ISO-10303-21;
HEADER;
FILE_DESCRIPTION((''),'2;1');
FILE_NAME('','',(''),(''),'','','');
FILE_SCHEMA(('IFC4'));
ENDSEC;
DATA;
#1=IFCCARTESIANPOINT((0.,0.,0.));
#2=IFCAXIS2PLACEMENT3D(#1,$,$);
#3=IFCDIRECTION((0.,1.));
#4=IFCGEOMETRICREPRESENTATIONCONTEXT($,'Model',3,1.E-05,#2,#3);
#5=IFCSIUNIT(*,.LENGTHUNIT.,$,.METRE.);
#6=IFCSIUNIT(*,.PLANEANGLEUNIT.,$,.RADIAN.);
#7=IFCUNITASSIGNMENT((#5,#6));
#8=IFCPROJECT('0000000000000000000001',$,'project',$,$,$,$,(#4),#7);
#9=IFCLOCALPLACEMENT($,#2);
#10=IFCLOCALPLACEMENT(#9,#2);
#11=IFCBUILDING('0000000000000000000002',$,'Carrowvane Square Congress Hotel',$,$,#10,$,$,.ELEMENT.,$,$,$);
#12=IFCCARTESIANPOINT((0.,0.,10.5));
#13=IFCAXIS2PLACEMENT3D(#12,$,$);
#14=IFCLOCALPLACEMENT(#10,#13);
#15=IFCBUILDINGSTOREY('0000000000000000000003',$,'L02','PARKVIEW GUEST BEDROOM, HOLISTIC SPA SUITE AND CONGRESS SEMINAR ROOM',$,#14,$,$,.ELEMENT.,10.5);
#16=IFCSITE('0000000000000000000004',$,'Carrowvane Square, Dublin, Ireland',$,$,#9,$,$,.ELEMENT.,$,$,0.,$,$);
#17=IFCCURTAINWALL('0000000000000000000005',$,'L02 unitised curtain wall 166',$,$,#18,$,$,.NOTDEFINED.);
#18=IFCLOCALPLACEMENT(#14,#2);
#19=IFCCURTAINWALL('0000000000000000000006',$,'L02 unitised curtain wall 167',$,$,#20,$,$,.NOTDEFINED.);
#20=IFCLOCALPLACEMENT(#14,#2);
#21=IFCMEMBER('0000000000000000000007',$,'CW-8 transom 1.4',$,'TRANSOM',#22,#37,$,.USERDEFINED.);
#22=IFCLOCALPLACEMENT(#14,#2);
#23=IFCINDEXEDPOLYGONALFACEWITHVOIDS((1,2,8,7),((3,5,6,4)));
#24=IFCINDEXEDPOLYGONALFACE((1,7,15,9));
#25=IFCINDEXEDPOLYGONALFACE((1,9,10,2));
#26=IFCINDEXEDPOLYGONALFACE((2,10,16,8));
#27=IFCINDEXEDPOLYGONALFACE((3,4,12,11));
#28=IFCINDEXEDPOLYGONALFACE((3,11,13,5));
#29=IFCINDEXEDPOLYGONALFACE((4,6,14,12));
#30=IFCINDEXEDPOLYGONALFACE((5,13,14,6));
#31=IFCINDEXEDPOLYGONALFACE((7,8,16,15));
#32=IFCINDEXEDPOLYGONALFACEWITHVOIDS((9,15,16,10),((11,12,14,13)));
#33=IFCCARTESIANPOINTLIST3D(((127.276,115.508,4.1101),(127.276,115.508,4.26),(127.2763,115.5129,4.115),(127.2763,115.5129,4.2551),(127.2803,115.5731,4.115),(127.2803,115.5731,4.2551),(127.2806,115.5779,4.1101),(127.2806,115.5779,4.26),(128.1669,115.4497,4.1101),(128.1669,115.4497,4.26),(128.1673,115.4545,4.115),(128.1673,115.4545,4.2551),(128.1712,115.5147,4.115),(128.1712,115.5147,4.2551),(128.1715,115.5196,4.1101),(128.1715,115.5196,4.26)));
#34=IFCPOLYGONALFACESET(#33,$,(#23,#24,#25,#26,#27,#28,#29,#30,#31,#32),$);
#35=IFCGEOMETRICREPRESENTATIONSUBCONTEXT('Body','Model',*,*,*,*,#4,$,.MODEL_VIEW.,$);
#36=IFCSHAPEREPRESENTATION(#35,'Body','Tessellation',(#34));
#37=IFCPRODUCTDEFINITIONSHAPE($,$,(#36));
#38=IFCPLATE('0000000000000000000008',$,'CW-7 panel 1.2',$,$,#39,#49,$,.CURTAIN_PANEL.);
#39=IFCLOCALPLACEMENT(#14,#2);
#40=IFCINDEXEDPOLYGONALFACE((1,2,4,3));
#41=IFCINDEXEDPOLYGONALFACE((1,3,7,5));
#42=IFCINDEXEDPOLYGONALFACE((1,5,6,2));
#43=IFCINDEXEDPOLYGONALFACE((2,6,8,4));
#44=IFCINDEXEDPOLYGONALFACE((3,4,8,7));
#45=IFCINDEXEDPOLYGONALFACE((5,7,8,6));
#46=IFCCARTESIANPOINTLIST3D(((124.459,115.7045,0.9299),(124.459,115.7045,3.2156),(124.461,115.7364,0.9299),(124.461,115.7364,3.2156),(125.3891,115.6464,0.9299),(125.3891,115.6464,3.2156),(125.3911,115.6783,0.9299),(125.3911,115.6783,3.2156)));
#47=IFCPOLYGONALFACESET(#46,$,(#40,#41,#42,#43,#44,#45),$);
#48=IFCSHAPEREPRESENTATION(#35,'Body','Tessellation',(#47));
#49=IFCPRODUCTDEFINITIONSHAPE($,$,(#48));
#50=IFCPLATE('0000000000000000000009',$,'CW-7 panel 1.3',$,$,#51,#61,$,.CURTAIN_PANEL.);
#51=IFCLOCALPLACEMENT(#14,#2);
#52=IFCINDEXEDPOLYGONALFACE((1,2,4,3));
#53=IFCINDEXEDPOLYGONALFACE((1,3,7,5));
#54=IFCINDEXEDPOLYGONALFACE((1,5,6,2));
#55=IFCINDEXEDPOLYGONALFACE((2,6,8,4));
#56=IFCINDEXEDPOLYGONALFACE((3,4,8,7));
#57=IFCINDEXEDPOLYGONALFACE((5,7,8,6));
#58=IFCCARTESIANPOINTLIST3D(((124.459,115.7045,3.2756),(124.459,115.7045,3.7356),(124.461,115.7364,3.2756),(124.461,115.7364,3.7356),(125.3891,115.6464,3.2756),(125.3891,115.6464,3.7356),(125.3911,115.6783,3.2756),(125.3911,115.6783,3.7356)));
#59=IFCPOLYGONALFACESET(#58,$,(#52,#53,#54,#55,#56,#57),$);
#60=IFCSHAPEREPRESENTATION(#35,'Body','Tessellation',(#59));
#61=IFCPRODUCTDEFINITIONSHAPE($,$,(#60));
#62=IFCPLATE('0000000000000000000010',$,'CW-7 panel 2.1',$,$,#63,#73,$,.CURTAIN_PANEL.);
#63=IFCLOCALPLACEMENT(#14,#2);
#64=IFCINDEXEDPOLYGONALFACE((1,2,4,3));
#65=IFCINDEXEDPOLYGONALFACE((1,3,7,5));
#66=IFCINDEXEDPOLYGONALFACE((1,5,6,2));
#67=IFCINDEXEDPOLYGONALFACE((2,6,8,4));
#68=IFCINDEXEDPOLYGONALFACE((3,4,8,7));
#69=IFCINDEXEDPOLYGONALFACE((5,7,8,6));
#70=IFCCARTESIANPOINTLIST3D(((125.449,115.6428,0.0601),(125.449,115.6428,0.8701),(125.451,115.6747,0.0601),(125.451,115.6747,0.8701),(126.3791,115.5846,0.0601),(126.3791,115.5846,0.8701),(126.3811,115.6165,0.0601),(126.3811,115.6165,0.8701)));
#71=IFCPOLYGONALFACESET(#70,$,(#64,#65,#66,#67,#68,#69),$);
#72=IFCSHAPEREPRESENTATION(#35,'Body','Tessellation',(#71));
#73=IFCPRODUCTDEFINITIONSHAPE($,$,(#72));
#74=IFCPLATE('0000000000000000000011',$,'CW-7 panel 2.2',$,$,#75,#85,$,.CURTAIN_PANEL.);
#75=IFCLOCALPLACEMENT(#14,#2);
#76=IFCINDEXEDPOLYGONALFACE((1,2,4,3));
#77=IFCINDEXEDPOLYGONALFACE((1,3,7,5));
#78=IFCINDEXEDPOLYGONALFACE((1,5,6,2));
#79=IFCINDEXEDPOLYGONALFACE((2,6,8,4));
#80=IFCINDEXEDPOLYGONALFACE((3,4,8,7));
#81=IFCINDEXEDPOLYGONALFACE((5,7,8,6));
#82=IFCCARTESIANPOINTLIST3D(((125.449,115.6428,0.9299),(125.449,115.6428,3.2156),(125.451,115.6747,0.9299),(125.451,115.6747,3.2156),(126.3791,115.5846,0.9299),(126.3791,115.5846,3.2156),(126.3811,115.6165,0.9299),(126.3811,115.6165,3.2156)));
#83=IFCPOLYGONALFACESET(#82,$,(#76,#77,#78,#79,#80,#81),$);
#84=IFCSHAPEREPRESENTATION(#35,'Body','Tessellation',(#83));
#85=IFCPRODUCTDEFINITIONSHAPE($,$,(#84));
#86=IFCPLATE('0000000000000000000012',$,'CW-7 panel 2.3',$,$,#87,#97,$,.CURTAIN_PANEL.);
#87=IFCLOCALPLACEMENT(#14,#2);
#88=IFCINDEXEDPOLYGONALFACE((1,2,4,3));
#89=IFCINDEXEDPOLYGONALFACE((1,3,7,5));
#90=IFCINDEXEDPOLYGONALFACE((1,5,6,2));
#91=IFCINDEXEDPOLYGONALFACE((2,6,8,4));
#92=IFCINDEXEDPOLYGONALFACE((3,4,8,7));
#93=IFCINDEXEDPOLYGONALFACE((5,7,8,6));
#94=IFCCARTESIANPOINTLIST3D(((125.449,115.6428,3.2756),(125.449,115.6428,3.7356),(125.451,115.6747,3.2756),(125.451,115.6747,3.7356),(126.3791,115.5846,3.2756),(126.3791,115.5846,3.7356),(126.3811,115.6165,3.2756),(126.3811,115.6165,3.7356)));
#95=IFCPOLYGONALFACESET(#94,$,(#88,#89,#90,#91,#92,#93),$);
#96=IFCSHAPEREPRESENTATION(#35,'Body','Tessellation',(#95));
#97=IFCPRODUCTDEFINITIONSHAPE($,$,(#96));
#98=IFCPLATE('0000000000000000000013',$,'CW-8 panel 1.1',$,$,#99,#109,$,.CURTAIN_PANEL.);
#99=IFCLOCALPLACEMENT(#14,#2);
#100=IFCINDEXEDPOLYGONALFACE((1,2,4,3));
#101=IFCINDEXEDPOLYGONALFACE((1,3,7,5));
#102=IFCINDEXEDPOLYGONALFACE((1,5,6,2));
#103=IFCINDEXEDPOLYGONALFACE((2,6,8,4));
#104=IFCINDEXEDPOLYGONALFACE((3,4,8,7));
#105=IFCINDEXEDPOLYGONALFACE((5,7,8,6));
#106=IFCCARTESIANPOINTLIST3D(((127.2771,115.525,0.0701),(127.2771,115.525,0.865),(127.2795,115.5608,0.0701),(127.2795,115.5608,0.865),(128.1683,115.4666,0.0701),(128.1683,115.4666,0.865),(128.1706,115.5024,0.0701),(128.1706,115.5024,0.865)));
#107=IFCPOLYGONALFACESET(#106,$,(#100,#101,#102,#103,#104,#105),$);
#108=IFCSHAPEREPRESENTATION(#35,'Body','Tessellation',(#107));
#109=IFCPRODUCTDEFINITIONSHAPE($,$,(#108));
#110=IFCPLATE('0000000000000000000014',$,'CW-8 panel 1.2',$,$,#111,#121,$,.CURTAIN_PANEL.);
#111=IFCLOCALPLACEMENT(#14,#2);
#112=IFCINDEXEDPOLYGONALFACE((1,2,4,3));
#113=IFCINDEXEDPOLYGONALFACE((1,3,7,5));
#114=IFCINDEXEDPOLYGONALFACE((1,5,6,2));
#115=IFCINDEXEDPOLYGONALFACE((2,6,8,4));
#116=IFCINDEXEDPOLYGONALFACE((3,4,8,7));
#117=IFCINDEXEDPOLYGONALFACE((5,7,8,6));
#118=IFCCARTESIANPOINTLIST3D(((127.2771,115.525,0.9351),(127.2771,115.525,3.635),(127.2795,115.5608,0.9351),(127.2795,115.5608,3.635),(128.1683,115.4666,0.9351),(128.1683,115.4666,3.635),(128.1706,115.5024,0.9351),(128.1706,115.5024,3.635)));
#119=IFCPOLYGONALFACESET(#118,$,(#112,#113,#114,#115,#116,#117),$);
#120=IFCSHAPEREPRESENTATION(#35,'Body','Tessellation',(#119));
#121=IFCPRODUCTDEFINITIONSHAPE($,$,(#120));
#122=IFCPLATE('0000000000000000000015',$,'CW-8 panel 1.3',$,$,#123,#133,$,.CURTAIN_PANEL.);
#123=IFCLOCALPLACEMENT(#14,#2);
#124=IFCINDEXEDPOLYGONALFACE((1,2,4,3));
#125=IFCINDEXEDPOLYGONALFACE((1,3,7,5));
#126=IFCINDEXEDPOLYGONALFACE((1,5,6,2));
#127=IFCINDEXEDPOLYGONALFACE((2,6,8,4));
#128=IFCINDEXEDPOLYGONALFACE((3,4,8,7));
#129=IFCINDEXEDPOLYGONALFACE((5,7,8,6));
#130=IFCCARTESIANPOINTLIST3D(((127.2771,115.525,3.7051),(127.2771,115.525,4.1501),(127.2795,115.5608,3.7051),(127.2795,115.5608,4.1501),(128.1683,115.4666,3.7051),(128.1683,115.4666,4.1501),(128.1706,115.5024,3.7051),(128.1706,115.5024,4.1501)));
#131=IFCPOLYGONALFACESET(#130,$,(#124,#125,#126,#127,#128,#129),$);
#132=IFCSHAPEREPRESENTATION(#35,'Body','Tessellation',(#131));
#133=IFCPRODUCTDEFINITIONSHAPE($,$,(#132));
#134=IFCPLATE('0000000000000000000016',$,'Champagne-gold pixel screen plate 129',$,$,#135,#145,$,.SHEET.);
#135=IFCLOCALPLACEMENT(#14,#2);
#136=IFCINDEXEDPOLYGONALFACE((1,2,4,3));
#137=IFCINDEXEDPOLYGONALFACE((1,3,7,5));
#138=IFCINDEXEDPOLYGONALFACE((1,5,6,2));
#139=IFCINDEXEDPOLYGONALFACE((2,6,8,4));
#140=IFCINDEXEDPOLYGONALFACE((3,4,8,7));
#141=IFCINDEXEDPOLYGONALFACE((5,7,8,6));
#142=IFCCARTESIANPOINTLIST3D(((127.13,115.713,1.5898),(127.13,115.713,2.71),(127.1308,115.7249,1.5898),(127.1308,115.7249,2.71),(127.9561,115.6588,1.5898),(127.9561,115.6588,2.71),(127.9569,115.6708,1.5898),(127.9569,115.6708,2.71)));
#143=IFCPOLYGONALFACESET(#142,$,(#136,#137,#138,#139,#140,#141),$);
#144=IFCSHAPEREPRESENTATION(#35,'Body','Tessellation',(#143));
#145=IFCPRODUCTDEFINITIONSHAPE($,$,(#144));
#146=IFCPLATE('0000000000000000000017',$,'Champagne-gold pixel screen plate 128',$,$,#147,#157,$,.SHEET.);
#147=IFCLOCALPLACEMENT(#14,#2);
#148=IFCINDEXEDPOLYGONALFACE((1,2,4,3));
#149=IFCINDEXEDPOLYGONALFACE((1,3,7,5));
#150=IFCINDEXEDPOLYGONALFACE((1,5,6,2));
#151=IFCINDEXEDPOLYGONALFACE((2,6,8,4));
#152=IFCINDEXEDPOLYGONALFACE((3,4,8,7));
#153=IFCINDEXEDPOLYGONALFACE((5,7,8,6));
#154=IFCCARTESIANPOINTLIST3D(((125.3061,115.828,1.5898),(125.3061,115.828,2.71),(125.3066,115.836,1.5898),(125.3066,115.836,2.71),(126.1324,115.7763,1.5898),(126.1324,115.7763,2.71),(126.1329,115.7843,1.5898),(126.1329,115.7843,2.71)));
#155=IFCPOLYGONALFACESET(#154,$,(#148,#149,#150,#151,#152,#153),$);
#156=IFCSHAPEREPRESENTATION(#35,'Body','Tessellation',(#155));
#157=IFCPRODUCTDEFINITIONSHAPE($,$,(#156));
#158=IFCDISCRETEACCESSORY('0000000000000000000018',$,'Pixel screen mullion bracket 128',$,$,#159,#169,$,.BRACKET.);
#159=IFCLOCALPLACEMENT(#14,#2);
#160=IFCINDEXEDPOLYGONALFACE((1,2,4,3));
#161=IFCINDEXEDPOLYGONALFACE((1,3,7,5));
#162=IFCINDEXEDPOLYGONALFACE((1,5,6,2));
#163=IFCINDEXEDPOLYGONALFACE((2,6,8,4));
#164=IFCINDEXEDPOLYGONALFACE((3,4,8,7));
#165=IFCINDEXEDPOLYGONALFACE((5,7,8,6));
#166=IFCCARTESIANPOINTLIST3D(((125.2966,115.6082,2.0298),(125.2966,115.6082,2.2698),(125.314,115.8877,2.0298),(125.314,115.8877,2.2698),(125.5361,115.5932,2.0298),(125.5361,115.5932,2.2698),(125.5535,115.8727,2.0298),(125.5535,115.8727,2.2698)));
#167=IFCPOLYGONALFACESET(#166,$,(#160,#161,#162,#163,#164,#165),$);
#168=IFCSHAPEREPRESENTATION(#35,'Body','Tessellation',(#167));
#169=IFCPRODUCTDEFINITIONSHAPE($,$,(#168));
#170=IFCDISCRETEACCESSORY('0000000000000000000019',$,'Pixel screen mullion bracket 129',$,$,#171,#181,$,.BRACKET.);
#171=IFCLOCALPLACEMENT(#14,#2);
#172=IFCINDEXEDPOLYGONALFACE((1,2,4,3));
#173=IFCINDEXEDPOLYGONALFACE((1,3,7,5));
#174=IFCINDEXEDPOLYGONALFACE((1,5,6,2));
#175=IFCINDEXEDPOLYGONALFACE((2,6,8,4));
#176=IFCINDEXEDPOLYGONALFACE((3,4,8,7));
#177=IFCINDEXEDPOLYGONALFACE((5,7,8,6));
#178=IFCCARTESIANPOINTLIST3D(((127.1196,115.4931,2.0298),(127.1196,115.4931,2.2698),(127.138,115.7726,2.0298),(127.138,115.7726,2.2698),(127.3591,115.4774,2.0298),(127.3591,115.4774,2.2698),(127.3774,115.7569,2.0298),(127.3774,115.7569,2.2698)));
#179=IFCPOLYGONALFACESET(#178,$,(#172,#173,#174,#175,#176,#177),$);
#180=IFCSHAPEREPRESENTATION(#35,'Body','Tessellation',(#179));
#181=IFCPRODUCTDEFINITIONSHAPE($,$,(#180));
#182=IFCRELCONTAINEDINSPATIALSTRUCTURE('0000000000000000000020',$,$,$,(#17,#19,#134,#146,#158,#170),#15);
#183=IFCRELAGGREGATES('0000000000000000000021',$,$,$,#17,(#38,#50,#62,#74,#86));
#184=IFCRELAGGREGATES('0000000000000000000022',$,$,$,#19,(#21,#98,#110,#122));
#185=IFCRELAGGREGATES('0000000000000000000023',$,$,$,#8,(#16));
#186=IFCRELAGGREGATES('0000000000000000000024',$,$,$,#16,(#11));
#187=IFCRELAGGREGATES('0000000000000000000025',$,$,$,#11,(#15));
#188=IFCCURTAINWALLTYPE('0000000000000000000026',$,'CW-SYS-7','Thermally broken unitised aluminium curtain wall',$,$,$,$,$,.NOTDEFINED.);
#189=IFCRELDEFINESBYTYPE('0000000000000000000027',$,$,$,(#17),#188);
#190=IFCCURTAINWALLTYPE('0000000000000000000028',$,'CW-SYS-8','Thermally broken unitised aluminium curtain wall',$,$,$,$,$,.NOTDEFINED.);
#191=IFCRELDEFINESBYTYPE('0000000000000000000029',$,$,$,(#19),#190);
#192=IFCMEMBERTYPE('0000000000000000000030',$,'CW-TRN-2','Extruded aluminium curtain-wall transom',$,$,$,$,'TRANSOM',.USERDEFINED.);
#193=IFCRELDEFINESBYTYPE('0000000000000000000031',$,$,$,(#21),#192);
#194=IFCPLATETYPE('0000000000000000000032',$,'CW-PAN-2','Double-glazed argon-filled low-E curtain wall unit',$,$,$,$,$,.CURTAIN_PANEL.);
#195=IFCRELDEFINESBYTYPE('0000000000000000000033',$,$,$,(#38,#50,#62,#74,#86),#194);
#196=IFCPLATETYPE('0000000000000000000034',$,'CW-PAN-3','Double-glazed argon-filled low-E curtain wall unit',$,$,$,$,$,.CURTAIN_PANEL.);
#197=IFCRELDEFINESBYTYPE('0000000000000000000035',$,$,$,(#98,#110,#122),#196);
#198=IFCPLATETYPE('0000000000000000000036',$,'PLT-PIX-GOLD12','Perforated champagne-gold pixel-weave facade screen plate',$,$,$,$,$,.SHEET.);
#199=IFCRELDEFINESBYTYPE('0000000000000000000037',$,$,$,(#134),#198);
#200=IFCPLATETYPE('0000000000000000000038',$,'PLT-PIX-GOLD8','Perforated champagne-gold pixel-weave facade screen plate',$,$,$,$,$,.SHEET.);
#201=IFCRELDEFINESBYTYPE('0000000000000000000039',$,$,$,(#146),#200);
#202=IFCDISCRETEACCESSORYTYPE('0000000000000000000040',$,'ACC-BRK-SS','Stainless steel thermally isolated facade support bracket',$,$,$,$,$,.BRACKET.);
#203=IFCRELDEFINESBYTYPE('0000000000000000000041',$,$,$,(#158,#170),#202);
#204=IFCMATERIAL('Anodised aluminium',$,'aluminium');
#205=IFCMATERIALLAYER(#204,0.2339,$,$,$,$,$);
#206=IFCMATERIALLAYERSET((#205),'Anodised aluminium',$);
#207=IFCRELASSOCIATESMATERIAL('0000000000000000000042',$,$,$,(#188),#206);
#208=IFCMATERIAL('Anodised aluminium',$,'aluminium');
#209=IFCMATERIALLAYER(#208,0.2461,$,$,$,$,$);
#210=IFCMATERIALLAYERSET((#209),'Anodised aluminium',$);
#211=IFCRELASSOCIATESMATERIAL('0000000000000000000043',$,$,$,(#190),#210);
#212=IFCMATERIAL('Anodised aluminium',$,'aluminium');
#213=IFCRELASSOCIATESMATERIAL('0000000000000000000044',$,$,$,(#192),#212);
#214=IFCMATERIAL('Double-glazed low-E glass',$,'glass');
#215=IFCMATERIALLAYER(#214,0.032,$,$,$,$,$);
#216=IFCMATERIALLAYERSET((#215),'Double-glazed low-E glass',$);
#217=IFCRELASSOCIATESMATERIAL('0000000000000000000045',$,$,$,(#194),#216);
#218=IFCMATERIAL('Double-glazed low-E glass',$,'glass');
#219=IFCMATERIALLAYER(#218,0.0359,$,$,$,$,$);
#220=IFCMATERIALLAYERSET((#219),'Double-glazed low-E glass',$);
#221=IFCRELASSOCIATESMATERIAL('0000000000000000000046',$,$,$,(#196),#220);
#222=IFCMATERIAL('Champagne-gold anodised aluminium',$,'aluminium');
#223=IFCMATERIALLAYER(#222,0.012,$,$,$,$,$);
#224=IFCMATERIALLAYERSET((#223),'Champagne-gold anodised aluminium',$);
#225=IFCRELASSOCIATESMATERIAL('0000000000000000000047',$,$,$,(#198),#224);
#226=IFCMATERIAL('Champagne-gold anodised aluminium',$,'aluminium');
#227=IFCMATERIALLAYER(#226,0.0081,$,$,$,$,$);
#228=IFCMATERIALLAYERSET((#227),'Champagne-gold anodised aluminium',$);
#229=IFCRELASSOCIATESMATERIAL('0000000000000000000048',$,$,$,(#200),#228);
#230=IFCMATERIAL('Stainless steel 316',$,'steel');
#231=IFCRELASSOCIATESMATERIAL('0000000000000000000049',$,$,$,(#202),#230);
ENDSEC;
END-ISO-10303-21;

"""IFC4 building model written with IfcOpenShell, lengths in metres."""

from ifc_helpers import new_model, si_unit, direction, frame, origin, origin_2d, place, context, subcontext, project, spatial, rectangle, hollow_rectangle, extrude, material, layer, layer_set, material_profile, profile_set, type_object, element, aggregate, save


model = new_model("IFC4")

# Units and contexts
model_context = context("Model", 3, precision=1e-05, world=origin(), true_north=direction((0.0, 1.0)))
body_context = subcontext(model_context, "Body", "Model", "MODEL_VIEW")
ifc_project = project(units=[si_unit("LENGTHUNIT", "METRE"), si_unit("PLANEANGLEUNIT", "RADIAN")], contexts=[model_context])

# Site, building, storey
site_placement = place(None, origin())
site = spatial("IfcSite", under=ifc_project, at=site_placement, Name="Carrowvane Square, Dublin, Ireland", CompositionType="ELEMENT", RefElevation=0.0)
building_placement = place(site_placement, origin())
building = spatial("IfcBuilding", under=site, at=building_placement, Name="Carrowvane Square Congress Hotel", CompositionType="ELEMENT")
storey_placement = place(building_placement, frame((0.0, 0.0, 10.5)))
storey = spatial("IfcBuildingStorey", under=building, at=storey_placement, Name="L02", Description="PARKVIEW GUEST BEDROOM, HOLISTIC SPA SUITE AND CONGRESS SEMINAR ROOM", CompositionType="ELEMENT", Elevation=10.5)

# Curtain wall
ifc_material_1 = material(Name="Anodised aluminium", Category="aluminium")
ifc_layer_1 = layer(ifc_material_1, 0.2339)
ifc_layer_set_1 = layer_set([ifc_layer_1], Name="Anodised aluminium")
curtain_wall_type_1 = type_object("IfcCurtainWallType", Name="CW-SYS-7", Description="Thermally broken unitised aluminium curtain wall", PredefinedType="NOTDEFINED", material=ifc_layer_set_1)
curtain_wall_1_placement = place(storey_placement, origin())
curtain_wall_1 = element("IfcCurtainWall", 1, at=curtain_wall_1_placement, inside=storey, type_object=curtain_wall_type_1, Name="L02 unitised curtain wall 166", PredefinedType="NOTDEFINED")

# Curtain wall
ifc_material_2 = material(Name="Anodised aluminium", Category="aluminium")
ifc_layer_2 = layer(ifc_material_2, 0.2461)
ifc_layer_set_2 = layer_set([ifc_layer_2], Name="Anodised aluminium")
curtain_wall_type_2 = type_object("IfcCurtainWallType", Name="CW-SYS-8", Description="Thermally broken unitised aluminium curtain wall", PredefinedType="NOTDEFINED", material=ifc_layer_set_2)
curtain_wall_2_placement = place(storey_placement, origin())
curtain_wall_2 = element("IfcCurtainWall", 2, at=curtain_wall_2_placement, inside=storey, type_object=curtain_wall_type_2, Name="L02 unitised curtain wall 167", PredefinedType="NOTDEFINED")

# Member
ifc_material_3 = material(Name="Anodised aluminium", Category="aluminium")
ifc_material_profile_1 = material_profile(ifc_material_3, hollow_rectangle(XDim=0.0701, YDim=0.1499, WallThickness=0.0049, at=origin_2d()), Name="CW-TR 70x150x5")
ifc_profile_set_1 = profile_set([ifc_material_profile_1], Name="Anodised aluminium")
member_type_1 = type_object("IfcMemberType", Name="CW-TRN-2", Description="Extruded aluminium curtain-wall transom", ElementType="TRANSOM", PredefinedType="USERDEFINED", material=ifc_profile_set_1)
member_1_placement = place(storey_placement, frame((127.2783, 115.543, 4.1851), z_axis=(0.997862, -0.065357, 0.0), x_axis=(0.065357, 0.997862, 0.0)))
member_1 = element("IfcMember", 3, at=member_1_placement, type_object=member_type_1, Name="CW-8 transom 1.4", ObjectType="TRANSOM", PredefinedType="USERDEFINED", context=body_context, shape_type="SweptSolid", body=[
    extrude(hollow_rectangle(XDim=0.0701, YDim=0.1499, WallThickness=0.0049, at=origin_2d()), origin(), (0.0, 0.0, 1.0), 0.8928),
])

# Plates
ifc_material_4 = material(Name="Double-glazed low-E glass", Category="glass")
ifc_layer_3 = layer(ifc_material_4, 0.032)
ifc_layer_set_3 = layer_set([ifc_layer_3], Name="Double-glazed low-E glass")
plate_type_1 = type_object("IfcPlateType", Name="CW-PAN-2", Description="Double-glazed argon-filled low-E curtain wall unit", PredefinedType="CURTAIN_PANEL", material=ifc_layer_set_3)
plate_1_placement = place(storey_placement, frame((124.925, 115.6914, 0.9299), z_axis=(0.0, 0.0, 1.0), x_axis=(0.998051, -0.062397, 0.0)))
plate_1 = element("IfcPlate", 4, at=plate_1_placement, type_object=plate_type_1, Name="CW-7 panel 1.2", PredefinedType="CURTAIN_PANEL", context=body_context, shape_type="SweptSolid", body=[
    extrude(rectangle(XDim=0.9319, YDim=0.032, at=origin_2d()), origin(), (0.0, 0.0, 1.0), 2.2856),
])
plate_2_placement = place(storey_placement, frame((124.925, 115.6914, 3.2756), z_axis=(0.0, 0.0, 1.0), x_axis=(0.998051, -0.062397, 0.0)))
plate_2 = element("IfcPlate", 5, at=plate_2_placement, type_object=plate_type_1, Name="CW-7 panel 1.3", PredefinedType="CURTAIN_PANEL", context=body_context, shape_type="SweptSolid", body=[
    extrude(rectangle(XDim=0.9319, YDim=0.032, at=origin_2d()), origin(), (0.0, 0.0, 1.0), 0.46),
])
plate_3_placement = place(storey_placement, frame((125.915, 115.6296, 0.0601), z_axis=(0.0, 0.0, 1.0), x_axis=(0.998051, -0.062397, 0.0)))
plate_3 = element("IfcPlate", 6, at=plate_3_placement, type_object=plate_type_1, Name="CW-7 panel 2.1", PredefinedType="CURTAIN_PANEL", context=body_context, shape_type="SweptSolid", body=[
    extrude(rectangle(XDim=0.9319, YDim=0.032, at=origin_2d()), origin(), (0.0, 0.0, 1.0), 0.8101),
])
plate_4_placement = place(storey_placement, frame((125.915, 115.6296, 0.9299), z_axis=(0.0, 0.0, 1.0), x_axis=(0.998051, -0.062397, 0.0)))
plate_4 = element("IfcPlate", 7, at=plate_4_placement, type_object=plate_type_1, Name="CW-7 panel 2.2", PredefinedType="CURTAIN_PANEL", context=body_context, shape_type="SweptSolid", body=[
    extrude(rectangle(XDim=0.9319, YDim=0.032, at=origin_2d()), origin(), (0.0, 0.0, 1.0), 2.2856),
])
plate_5_placement = place(storey_placement, frame((125.915, 115.6296, 3.2756), z_axis=(0.0, 0.0, 1.0), x_axis=(0.998051, -0.062397, 0.0)))
plate_5 = element("IfcPlate", 8, at=plate_5_placement, type_object=plate_type_1, Name="CW-7 panel 2.3", PredefinedType="CURTAIN_PANEL", context=body_context, shape_type="SweptSolid", body=[
    extrude(rectangle(XDim=0.9319, YDim=0.032, at=origin_2d()), origin(), (0.0, 0.0, 1.0), 0.46),
])
aggregate(curtain_wall_1, [plate_1, plate_2, plate_3, plate_4, plate_5])
ifc_material_5 = material(Name="Double-glazed low-E glass", Category="glass")
ifc_layer_4 = layer(ifc_material_5, 0.0359)
ifc_layer_set_4 = layer_set([ifc_layer_4], Name="Double-glazed low-E glass")
plate_type_2 = type_object("IfcPlateType", Name="CW-PAN-3", Description="Double-glazed argon-filled low-E curtain wall unit", PredefinedType="CURTAIN_PANEL", material=ifc_layer_set_4)
plate_6_placement = place(storey_placement, frame((127.7239, 115.5137, 0.0701), z_axis=(0.0, 0.0, 1.0), x_axis=(0.997858, -0.065414, 0.0)))
plate_6 = element("IfcPlate", 9, at=plate_6_placement, type_object=plate_type_2, Name="CW-8 panel 1.1", PredefinedType="CURTAIN_PANEL", context=body_context, shape_type="SweptSolid", body=[
    extrude(rectangle(XDim=0.8931, YDim=0.0359, at=origin_2d()), origin(), (0.0, 0.0, 1.0), 0.7949),
])
plate_7_placement = place(storey_placement, frame((127.7239, 115.5137, 0.9351), z_axis=(0.0, 0.0, 1.0), x_axis=(0.997858, -0.065414, 0.0)))
plate_7 = element("IfcPlate", 10, at=plate_7_placement, type_object=plate_type_2, Name="CW-8 panel 1.2", PredefinedType="CURTAIN_PANEL", context=body_context, shape_type="SweptSolid", body=[
    extrude(rectangle(XDim=0.8931, YDim=0.0359, at=origin_2d()), origin(), (0.0, 0.0, 1.0), 2.7),
])
plate_8_placement = place(storey_placement, frame((127.7239, 115.5137, 3.7051), z_axis=(0.0, 0.0, 1.0), x_axis=(0.997858, -0.065414, 0.0)))
plate_8 = element("IfcPlate", 11, at=plate_8_placement, type_object=plate_type_2, Name="CW-8 panel 1.3", PredefinedType="CURTAIN_PANEL", context=body_context, shape_type="SweptSolid", body=[
    extrude(rectangle(XDim=0.8931, YDim=0.0359, at=origin_2d()), origin(), (0.0, 0.0, 1.0), 0.4451),
])
aggregate(curtain_wall_2, [member_1, plate_6, plate_7, plate_8])

# Plates
ifc_material_6 = material(Name="Champagne-gold anodised aluminium", Category="aluminium")
ifc_layer_5 = layer(ifc_material_6, 0.012)
ifc_layer_set_5 = layer_set([ifc_layer_5], Name="Champagne-gold anodised aluminium")
plate_type_3 = type_object("IfcPlateType", Name="PLT-PIX-GOLD12", Description="Perforated champagne-gold pixel-weave facade screen plate", PredefinedType="SHEET", material=ifc_layer_set_5)
plate_9_placement = place(storey_placement, frame((127.5435, 115.6919, 1.5898), z_axis=(0.0, 0.0, 1.0), x_axis=(0.997858, -0.065413, 0.0)))
element("IfcPlate", 12, at=plate_9_placement, inside=storey, type_object=plate_type_3, Name="Champagne-gold pixel screen plate 129", PredefinedType="SHEET", context=body_context, shape_type="SweptSolid", body=[
    extrude(rectangle(XDim=0.8279, YDim=0.012, at=origin_2d()), origin(), (0.0, 0.0, 1.0), 1.1201),
])
ifc_material_7 = material(Name="Champagne-gold anodised aluminium", Category="aluminium")
ifc_layer_6 = layer(ifc_material_7, 0.0081)
ifc_layer_set_6 = layer_set([ifc_layer_6], Name="Champagne-gold anodised aluminium")
plate_type_4 = type_object("IfcPlateType", Name="PLT-PIX-GOLD8", Description="Perforated champagne-gold pixel-weave facade screen plate", PredefinedType="SHEET", material=ifc_layer_set_6)
plate_10_placement = place(storey_placement, frame((125.7195, 115.8062, 1.5898), z_axis=(0.0, 0.0, 1.0), x_axis=(0.998051, -0.062397, 0.0)))
element("IfcPlate", 13, at=plate_10_placement, inside=storey, type_object=plate_type_4, Name="Champagne-gold pixel screen plate 128", PredefinedType="SHEET", context=body_context, shape_type="SweptSolid", body=[
    extrude(rectangle(XDim=0.8279, YDim=0.0081, at=origin_2d()), origin(), (0.0, 0.0, 1.0), 1.1201),
])

# Discrete accessories
ifc_material_8 = material(Name="Stainless steel 316", Category="steel")
discrete_accessory_type = type_object("IfcDiscreteAccessoryType", Name="ACC-BRK-SS", Description="Stainless steel thermally isolated facade support bracket", PredefinedType="BRACKET", material=ifc_material_8)
for number, where, z_axis, x_axis, name in (
    (14, (125.425, 115.7405, 2.0298), (0.0, 0.0, 1.0), (0.998051, -0.062397, 0.0), "Pixel screen mullion bracket 128"),
    (15, (127.2485, 115.625, 2.0298), (0.0, 0.0, 1.0), (0.997858, -0.065413, 0.0), "Pixel screen mullion bracket 129"),
):
    element("IfcDiscreteAccessory", number, at=place(storey_placement, frame(where, z_axis=z_axis, x_axis=x_axis)), inside=storey, type_object=discrete_accessory_type, Name=name, PredefinedType="BRACKET", context=body_context, shape_type="SweptSolid", body=[
        extrude(rectangle(XDim=0.24, YDim=0.28, at=origin_2d()), origin(), (0.0, 0.0, 1.0), 0.24),
    ])

save(model, "model.ifc")
